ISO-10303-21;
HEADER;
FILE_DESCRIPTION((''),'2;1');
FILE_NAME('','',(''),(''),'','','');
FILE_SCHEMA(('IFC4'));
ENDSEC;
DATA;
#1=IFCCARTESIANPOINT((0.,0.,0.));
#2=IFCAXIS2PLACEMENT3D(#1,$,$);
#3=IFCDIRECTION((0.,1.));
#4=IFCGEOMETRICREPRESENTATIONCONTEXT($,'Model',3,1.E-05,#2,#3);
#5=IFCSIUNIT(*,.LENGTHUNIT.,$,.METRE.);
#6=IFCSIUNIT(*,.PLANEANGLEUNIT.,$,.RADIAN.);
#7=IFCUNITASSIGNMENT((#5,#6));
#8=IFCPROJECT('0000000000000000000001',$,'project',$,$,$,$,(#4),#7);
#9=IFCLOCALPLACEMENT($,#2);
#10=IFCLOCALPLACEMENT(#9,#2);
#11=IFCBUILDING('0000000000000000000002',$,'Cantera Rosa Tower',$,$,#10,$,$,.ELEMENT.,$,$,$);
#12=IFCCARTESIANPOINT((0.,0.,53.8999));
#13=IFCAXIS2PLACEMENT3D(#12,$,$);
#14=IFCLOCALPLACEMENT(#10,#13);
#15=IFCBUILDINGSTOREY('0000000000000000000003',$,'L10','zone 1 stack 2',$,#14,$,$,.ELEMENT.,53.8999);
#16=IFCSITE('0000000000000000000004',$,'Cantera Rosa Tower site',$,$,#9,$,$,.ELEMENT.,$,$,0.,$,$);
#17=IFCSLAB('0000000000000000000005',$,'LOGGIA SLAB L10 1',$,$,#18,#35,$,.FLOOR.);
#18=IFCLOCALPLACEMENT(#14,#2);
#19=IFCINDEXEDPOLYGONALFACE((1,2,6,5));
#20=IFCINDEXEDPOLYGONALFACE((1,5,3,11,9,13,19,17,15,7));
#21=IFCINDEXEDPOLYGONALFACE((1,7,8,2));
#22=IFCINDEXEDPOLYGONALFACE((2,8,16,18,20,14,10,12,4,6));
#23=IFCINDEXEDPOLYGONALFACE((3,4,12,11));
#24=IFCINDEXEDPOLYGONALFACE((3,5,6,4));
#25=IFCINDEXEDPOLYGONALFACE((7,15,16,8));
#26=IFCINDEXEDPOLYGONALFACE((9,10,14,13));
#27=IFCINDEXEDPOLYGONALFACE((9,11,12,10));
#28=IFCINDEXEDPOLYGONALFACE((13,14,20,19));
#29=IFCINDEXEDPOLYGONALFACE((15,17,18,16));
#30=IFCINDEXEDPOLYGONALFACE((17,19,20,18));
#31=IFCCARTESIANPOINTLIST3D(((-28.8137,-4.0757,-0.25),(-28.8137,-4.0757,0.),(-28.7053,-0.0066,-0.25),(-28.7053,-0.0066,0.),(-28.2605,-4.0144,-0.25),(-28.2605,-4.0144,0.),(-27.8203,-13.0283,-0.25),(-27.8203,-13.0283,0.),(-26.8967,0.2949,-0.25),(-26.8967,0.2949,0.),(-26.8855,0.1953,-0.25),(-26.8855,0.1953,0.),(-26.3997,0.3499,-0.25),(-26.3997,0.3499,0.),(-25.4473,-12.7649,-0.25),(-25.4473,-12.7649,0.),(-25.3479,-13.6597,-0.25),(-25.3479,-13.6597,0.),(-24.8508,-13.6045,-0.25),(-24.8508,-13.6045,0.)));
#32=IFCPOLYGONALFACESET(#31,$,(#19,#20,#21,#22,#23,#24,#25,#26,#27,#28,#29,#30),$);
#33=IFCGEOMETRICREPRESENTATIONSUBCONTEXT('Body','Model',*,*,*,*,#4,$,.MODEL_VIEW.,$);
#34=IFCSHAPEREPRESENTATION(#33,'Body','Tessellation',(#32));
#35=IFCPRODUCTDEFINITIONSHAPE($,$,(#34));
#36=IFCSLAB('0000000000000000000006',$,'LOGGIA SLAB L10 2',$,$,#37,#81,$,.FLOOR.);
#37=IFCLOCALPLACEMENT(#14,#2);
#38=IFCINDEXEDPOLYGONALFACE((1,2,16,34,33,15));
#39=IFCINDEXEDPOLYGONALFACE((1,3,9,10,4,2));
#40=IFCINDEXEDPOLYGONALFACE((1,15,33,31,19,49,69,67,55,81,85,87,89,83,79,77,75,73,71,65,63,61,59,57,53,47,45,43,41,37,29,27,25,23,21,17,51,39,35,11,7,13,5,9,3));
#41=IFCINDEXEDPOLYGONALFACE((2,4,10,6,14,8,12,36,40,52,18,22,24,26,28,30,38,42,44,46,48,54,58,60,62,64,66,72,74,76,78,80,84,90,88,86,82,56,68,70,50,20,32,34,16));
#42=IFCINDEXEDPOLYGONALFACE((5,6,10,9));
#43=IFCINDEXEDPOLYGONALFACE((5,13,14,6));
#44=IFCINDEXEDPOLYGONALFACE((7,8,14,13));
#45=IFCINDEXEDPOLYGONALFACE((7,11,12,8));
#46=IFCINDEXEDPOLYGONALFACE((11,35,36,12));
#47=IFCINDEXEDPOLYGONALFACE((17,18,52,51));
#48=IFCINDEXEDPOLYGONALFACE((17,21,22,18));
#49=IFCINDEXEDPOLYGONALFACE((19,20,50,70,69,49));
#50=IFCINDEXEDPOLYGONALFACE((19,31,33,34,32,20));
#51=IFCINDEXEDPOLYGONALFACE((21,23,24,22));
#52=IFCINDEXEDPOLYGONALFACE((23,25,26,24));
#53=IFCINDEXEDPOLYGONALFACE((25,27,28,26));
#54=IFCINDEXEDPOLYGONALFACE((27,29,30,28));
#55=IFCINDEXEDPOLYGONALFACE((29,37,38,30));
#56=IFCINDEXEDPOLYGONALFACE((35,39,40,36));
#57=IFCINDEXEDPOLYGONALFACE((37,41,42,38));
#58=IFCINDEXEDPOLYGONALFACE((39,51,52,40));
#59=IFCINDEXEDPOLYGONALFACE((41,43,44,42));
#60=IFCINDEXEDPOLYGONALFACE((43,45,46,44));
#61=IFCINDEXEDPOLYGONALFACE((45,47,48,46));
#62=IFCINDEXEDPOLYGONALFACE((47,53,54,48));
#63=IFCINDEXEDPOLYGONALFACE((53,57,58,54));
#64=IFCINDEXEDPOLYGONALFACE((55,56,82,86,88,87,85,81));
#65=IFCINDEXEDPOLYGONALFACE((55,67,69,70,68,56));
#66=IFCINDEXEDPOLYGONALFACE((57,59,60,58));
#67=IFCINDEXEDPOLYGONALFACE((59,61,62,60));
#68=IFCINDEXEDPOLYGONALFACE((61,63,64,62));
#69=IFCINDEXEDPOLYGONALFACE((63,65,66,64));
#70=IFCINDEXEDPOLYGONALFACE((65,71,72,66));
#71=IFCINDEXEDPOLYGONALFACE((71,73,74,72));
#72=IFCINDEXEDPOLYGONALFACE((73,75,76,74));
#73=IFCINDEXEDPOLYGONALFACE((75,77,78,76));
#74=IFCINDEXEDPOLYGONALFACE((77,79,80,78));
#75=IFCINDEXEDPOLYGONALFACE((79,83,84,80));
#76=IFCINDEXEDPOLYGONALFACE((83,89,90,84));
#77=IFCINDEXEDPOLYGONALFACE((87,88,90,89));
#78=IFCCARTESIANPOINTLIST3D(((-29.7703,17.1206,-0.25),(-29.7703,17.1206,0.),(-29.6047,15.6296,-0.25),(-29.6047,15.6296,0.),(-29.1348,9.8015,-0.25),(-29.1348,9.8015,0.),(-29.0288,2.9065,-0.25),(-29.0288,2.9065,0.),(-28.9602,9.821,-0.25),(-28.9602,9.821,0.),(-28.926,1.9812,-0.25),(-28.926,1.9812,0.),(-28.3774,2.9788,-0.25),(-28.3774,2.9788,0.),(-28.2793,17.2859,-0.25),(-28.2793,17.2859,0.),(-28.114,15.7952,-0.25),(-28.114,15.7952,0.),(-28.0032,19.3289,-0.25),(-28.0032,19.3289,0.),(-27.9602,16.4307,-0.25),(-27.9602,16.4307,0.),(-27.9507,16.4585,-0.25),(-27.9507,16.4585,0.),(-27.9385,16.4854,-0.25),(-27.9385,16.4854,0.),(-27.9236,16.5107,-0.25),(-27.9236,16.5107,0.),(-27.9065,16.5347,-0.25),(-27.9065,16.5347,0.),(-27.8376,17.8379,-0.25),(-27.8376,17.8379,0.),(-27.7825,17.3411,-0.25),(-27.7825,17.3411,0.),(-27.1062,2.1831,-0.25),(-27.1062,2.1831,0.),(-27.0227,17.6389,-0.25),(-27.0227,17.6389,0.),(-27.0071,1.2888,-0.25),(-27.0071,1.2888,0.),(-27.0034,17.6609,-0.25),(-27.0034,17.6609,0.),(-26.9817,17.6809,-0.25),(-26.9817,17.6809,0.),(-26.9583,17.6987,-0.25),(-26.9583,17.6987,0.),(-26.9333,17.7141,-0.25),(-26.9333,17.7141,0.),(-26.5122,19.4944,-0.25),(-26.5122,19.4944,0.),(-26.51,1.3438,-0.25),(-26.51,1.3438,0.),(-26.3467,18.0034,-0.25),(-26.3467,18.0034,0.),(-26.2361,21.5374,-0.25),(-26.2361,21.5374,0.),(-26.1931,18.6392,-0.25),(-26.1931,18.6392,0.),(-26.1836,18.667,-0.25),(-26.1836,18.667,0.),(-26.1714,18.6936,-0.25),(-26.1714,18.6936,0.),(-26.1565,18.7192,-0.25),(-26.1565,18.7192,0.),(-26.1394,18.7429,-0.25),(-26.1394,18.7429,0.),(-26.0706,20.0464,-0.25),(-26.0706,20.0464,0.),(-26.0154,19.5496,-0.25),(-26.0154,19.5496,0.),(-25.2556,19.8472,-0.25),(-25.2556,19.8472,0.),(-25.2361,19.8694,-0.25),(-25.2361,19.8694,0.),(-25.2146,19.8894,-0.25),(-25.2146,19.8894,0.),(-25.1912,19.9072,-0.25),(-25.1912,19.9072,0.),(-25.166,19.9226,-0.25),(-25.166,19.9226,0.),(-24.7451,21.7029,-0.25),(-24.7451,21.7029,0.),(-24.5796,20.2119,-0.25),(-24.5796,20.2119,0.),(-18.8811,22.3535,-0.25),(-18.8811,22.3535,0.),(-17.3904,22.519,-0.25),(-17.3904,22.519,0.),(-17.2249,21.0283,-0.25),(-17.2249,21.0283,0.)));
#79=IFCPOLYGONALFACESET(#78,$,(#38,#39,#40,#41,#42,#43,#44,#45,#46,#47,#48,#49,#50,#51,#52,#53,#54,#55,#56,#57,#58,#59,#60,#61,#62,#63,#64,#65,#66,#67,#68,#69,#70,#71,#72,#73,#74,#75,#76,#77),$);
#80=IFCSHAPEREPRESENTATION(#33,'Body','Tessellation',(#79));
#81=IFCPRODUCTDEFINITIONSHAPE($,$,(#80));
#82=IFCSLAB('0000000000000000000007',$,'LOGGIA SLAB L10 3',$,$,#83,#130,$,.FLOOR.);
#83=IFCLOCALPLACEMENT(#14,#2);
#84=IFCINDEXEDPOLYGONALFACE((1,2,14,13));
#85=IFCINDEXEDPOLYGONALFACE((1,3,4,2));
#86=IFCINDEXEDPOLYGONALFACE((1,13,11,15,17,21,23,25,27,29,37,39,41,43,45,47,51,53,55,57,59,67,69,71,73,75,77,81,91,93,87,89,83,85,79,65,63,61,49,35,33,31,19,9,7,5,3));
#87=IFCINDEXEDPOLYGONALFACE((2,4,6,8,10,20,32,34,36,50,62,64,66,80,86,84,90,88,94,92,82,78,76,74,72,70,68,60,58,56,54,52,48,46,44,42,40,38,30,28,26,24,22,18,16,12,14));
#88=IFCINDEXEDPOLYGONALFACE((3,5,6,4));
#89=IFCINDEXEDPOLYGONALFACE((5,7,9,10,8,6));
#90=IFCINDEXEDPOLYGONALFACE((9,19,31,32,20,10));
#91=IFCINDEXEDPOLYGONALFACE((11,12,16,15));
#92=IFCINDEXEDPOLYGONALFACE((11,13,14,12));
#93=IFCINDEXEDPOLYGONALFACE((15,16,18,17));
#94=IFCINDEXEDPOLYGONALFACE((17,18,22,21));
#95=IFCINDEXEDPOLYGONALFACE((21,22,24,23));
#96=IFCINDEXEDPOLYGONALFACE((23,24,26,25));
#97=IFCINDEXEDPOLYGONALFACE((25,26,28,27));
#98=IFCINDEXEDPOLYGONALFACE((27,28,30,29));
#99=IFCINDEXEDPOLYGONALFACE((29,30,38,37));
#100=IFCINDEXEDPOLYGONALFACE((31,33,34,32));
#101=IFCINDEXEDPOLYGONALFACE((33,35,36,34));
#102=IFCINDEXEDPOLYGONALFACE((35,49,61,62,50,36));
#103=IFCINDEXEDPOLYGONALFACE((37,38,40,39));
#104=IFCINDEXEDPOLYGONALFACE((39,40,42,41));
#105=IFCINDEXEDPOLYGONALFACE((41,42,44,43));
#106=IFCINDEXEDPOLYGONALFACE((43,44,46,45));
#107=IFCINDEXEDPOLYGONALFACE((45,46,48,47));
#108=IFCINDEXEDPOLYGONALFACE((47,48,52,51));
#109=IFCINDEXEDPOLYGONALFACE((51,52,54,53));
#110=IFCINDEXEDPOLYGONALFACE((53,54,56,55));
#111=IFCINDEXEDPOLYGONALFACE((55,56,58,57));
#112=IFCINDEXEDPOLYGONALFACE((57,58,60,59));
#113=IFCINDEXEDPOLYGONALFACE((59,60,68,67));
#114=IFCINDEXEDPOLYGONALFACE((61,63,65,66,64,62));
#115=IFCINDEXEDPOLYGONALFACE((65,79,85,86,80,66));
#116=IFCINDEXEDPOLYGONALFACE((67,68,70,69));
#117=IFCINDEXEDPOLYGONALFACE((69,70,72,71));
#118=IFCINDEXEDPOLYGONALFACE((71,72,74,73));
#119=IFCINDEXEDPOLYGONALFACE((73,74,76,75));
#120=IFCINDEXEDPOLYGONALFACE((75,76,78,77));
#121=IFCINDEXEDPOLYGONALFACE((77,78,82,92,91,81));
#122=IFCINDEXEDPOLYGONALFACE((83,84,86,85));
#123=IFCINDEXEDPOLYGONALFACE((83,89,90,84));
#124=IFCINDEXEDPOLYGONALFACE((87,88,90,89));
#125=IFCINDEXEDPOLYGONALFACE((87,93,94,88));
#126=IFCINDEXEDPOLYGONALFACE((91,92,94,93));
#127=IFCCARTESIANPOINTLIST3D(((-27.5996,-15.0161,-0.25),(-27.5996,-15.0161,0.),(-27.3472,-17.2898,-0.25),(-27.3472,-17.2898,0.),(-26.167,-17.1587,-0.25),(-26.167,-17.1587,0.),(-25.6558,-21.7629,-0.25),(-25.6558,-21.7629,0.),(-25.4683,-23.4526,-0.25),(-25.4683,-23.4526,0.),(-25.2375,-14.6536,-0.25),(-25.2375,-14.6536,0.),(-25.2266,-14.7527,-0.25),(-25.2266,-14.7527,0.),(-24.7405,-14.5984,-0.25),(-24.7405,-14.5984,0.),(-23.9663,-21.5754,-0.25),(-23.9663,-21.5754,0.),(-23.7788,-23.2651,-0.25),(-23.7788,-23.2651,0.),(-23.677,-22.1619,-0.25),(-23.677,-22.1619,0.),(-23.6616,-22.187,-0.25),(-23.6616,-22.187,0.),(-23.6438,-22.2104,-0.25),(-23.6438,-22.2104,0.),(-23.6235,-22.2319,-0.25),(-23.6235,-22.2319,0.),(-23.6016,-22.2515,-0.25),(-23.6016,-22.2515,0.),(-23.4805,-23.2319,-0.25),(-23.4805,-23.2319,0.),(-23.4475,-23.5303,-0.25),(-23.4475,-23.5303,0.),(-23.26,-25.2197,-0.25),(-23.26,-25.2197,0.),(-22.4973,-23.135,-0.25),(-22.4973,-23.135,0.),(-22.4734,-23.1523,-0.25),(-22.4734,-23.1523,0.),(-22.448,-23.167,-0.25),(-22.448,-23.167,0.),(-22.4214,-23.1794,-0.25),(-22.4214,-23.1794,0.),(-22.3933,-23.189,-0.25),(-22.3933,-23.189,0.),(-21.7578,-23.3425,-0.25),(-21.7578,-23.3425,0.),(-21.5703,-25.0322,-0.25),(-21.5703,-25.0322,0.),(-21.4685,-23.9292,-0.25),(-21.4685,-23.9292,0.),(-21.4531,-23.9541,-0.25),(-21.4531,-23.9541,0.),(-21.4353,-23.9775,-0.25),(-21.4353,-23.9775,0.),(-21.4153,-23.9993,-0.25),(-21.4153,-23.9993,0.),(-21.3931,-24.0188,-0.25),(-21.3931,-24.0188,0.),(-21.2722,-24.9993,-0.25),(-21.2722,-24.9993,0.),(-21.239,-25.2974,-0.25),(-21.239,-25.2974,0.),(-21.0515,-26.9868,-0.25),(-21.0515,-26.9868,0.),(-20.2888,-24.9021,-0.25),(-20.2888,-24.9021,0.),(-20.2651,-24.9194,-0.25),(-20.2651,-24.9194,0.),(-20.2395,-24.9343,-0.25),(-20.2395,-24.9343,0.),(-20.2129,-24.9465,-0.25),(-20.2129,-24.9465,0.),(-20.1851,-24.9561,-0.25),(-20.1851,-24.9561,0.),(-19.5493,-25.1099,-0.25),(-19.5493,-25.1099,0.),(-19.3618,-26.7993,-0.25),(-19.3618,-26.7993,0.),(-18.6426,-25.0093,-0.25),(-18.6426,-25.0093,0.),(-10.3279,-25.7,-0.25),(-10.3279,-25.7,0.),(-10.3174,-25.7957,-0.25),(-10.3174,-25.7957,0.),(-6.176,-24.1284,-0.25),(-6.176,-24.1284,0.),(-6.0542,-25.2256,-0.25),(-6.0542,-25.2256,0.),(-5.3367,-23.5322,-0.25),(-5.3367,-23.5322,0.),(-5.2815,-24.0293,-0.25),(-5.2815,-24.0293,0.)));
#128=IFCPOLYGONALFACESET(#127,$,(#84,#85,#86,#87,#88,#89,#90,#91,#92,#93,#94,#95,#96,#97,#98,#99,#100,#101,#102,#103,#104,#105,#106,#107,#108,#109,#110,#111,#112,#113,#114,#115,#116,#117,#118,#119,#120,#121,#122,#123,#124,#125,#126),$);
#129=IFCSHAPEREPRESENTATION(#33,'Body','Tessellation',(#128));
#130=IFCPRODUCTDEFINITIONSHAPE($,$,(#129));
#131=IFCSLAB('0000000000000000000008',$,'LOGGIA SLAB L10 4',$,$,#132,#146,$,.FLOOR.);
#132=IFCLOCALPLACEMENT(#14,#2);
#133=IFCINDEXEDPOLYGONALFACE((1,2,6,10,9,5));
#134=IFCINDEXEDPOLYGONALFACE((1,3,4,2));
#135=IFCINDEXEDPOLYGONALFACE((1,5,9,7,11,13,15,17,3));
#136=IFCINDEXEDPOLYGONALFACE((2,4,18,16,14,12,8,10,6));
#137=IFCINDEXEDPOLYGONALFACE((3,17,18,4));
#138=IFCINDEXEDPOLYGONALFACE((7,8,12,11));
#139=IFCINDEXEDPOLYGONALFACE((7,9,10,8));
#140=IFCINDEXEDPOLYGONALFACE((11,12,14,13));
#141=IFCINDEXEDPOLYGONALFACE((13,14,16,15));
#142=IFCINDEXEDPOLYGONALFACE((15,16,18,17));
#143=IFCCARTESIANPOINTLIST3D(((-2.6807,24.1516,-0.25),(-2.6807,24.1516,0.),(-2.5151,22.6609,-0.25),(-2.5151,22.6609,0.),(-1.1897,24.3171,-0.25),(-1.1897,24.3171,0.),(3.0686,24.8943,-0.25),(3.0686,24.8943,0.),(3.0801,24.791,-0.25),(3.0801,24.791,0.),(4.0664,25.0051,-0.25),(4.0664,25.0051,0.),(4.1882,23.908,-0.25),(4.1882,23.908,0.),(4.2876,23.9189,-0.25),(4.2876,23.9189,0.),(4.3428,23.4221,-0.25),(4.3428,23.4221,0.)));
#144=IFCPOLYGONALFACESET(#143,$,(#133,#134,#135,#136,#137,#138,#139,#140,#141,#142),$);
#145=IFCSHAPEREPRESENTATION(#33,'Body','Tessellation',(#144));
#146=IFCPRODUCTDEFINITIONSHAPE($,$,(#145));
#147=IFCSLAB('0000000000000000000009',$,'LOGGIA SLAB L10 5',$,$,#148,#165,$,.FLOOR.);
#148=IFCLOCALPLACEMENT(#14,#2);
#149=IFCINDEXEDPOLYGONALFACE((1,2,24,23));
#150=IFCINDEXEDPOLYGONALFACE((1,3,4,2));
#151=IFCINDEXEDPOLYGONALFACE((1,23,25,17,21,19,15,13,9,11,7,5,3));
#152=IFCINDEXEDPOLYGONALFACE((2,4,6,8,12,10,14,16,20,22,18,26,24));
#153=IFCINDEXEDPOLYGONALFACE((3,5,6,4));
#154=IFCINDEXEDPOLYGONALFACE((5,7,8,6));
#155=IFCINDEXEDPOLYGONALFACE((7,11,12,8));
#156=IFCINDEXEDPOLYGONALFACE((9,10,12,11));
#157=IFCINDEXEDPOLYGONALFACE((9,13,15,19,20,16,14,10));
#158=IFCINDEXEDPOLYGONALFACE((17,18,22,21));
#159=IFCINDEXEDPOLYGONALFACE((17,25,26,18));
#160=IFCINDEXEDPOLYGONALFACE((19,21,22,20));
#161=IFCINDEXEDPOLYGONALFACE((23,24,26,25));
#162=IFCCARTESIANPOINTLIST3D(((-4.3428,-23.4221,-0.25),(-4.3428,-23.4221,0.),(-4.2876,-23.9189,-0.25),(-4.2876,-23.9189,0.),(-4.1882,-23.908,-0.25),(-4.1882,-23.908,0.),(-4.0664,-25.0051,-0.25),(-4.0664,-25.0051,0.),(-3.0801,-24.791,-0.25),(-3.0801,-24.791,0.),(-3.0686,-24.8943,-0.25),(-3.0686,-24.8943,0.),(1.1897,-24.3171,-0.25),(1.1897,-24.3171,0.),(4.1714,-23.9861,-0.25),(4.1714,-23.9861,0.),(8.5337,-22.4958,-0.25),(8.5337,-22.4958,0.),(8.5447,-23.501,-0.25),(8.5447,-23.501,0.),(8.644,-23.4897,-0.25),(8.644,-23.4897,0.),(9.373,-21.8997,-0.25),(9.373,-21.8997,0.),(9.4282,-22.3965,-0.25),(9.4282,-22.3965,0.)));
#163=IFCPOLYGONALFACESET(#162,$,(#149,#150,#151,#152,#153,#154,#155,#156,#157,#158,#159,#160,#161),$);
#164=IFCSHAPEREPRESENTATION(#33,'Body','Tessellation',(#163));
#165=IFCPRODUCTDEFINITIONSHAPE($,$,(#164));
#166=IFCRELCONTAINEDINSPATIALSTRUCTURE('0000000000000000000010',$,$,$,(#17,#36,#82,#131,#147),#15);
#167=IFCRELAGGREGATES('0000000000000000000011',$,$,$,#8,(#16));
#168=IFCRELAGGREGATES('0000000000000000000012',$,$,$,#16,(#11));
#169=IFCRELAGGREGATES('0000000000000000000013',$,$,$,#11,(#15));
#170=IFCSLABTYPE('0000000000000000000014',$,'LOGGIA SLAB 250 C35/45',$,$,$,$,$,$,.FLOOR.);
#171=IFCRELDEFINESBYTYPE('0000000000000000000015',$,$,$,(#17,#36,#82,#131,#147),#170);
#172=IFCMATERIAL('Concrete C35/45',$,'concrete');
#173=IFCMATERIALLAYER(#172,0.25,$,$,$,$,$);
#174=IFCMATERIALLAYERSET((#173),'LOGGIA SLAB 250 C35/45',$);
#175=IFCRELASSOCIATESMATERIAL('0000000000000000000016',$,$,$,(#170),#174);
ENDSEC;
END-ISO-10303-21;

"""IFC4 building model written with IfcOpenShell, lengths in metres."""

from ifc_helpers import new_model, si_unit, direction, frame, origin, place, context, subcontext, project, spatial, polyline, outline, extrude, material, layer, layer_set, type_object, element, save


model = new_model("IFC4")

# Units and contexts
model_context = context("Model", 3, precision=1e-05, world=origin(), true_north=direction((0.0, 1.0)))
body_context = subcontext(model_context, "Body", "Model", "MODEL_VIEW")
ifc_project = project(units=[si_unit("LENGTHUNIT", "METRE"), si_unit("PLANEANGLEUNIT", "RADIAN")], contexts=[model_context])

# Site, building, storey
site_placement = place(None, origin())
site = spatial("IfcSite", under=ifc_project, at=site_placement, Name="Cantera Rosa Tower site", CompositionType="ELEMENT", RefElevation=0.0)
building_placement = place(site_placement, origin())
building = spatial("IfcBuilding", under=site, at=building_placement, Name="Cantera Rosa Tower", CompositionType="ELEMENT")
storey_placement = place(building_placement, frame((0.0, 0.0, 53.8999)))
storey = spatial("IfcBuildingStorey", under=building, at=storey_placement, Name="L10", Description="zone 1 stack 2", CompositionType="ELEMENT", Elevation=53.8999)

# Slabs
ifc_material_1 = material(Name="Concrete C35/45", Category="concrete")
ifc_layer_1 = layer(ifc_material_1, 0.25)
ifc_layer_set_1 = layer_set([ifc_layer_1], Name="LOGGIA SLAB 250 C35/45")
slab_type = type_object("IfcSlabType", Name="LOGGIA SLAB 250 C35/45", PredefinedType="FLOOR", material=ifc_layer_set_1)
slab_1_placement = place(storey_placement, frame((0.0, 0.0, -0.25)))
element("IfcSlab", 1, at=slab_1_placement, inside=storey, type_object=slab_type, Name="LOGGIA SLAB L10 1", PredefinedType="FLOOR", context=body_context, shape_type="SweptSolid", body=[
    extrude(outline(polyline([(-26.3997, 0.3499), (-24.8508, -13.6045), (-25.3479, -13.6597), (-25.4473, -12.7649), (-27.8203, -13.0283), (-28.8137, -4.0757), (-28.2605, -4.0144), (-28.7053, -0.0066), (-26.8855, 0.1953), (-26.8967, 0.2949), (-26.3997, 0.3499)])), origin(), (0.0, 0.0, 1.0), 0.25),
])
slab_2_placement = place(storey_placement, frame((0.0, 0.0, -0.25)))
element("IfcSlab", 2, at=slab_2_placement, inside=storey, type_object=slab_type, Name="LOGGIA SLAB L10 2", PredefinedType="FLOOR", context=body_context, shape_type="SweptSolid", body=[
    extrude(outline(polyline([(-29.7703, 17.1206), (-28.2793, 17.2859), (-27.7825, 17.3411), (-27.8376, 17.8379), (-28.0032, 19.3289), (-26.5122, 19.4944), (-26.0154, 19.5496), (-26.0706, 20.0464), (-26.2361, 21.5374), (-24.7451, 21.7029), (-18.8811, 22.3535), (-17.3904, 22.519), (-17.2249, 21.0283), (-24.5796, 20.2119), (-25.166, 19.9226), (-25.1912, 19.9072), (-25.2146, 19.8894), (-25.2361, 19.8694), (-25.2556, 19.8472), (-26.1394, 18.7429), (-26.1565, 18.7192), (-26.1714, 18.6936), (-26.1836, 18.667), (-26.1931, 18.6392), (-26.3467, 18.0034), (-26.9333, 17.7141), (-26.9583, 17.6987), (-26.9817, 17.6809), (-27.0034, 17.6609), (-27.0227, 17.6389), (-27.9065, 16.5347), (-27.9236, 16.5107), (-27.9385, 16.4854), (-27.9507, 16.4585), (-27.9602, 16.4307), (-28.114, 15.7952), (-26.51, 1.3438), (-27.0071, 1.2888), (-27.1062, 2.1831), (-28.926, 1.9812), (-29.0288, 2.9065), (-28.3774, 2.9788), (-29.1348, 9.8015), (-28.9602, 9.821), (-29.6047, 15.6296), (-29.7703, 17.1206)])), origin(), (0.0, 0.0, 1.0), 0.25),
])
slab_3_placement = place(storey_placement, frame((0.0, 0.0, -0.25)))
element("IfcSlab", 3, at=slab_3_placement, inside=storey, type_object=slab_type, Name="LOGGIA SLAB L10 3", PredefinedType="FLOOR", context=body_context, shape_type="SweptSolid", body=[
    extrude(outline(polyline([(-21.2722, -24.9993), (-21.5703, -25.0322), (-23.26, -25.2197), (-23.4475, -23.5303), (-23.4805, -23.2319), (-23.7788, -23.2651), (-25.4683, -23.4526), (-25.6558, -21.7629), (-26.167, -17.1587), (-27.3472, -17.2898), (-27.5996, -15.0161), (-25.2266, -14.7527), (-25.2375, -14.6536), (-24.7405, -14.5984), (-23.9663, -21.5754), (-23.677, -22.1619), (-23.6616, -22.187), (-23.6438, -22.2104), (-23.6235, -22.2319), (-23.6016, -22.2515), (-22.4973, -23.135), (-22.4734, -23.1523), (-22.448, -23.167), (-22.4214, -23.1794), (-22.3933, -23.189), (-21.7578, -23.3425), (-21.4685, -23.9292), (-21.4531, -23.9541), (-21.4353, -23.9775), (-21.4153, -23.9993), (-21.3931, -24.0188), (-20.2888, -24.9021), (-20.2651, -24.9194), (-20.2395, -24.9343), (-20.2129, -24.9465), (-20.1851, -24.9561), (-19.5493, -25.1099), (-18.6426, -25.0093), (-5.3367, -23.5322), (-5.2815, -24.0293), (-6.176, -24.1284), (-6.0542, -25.2256), (-10.3279, -25.7), (-10.3174, -25.7957), (-19.3618, -26.7993), (-21.0515, -26.9868), (-21.239, -25.2974), (-21.2722, -24.9993)])), origin(), (0.0, 0.0, 1.0), 0.25),
])
slab_4_placement = place(storey_placement, frame((0.0, 0.0, -0.25)))
element("IfcSlab", 4, at=slab_4_placement, inside=storey, type_object=slab_type, Name="LOGGIA SLAB L10 4", PredefinedType="FLOOR", context=body_context, shape_type="SweptSolid", body=[
    extrude(outline(polyline([(4.1882, 23.908), (4.2876, 23.9189), (4.3428, 23.4221), (-2.5151, 22.6609), (-2.6807, 24.1516), (-1.1897, 24.3171), (3.0801, 24.791), (3.0686, 24.8943), (4.0664, 25.0051), (4.1882, 23.908)])), origin(), (0.0, 0.0, 1.0), 0.25),
])
slab_5_placement = place(storey_placement, frame((0.0, 0.0, -0.25)))
element("IfcSlab", 5, at=slab_5_placement, inside=storey, type_object=slab_type, Name="LOGGIA SLAB L10 5", PredefinedType="FLOOR", context=body_context, shape_type="SweptSolid", body=[
    extrude(outline(polyline([(9.373, -21.8997), (9.4282, -22.3965), (8.5337, -22.4958), (8.644, -23.4897), (8.5447, -23.501), (4.1714, -23.9861), (1.1897, -24.3171), (-3.0801, -24.791), (-3.0686, -24.8943), (-4.0664, -25.0051), (-4.1882, -23.908), (-4.2876, -23.9189), (-4.3428, -23.4221), (9.373, -21.8997)])), origin(), (0.0, 0.0, 1.0), 0.25),
])

save(model, "model.ifc")
